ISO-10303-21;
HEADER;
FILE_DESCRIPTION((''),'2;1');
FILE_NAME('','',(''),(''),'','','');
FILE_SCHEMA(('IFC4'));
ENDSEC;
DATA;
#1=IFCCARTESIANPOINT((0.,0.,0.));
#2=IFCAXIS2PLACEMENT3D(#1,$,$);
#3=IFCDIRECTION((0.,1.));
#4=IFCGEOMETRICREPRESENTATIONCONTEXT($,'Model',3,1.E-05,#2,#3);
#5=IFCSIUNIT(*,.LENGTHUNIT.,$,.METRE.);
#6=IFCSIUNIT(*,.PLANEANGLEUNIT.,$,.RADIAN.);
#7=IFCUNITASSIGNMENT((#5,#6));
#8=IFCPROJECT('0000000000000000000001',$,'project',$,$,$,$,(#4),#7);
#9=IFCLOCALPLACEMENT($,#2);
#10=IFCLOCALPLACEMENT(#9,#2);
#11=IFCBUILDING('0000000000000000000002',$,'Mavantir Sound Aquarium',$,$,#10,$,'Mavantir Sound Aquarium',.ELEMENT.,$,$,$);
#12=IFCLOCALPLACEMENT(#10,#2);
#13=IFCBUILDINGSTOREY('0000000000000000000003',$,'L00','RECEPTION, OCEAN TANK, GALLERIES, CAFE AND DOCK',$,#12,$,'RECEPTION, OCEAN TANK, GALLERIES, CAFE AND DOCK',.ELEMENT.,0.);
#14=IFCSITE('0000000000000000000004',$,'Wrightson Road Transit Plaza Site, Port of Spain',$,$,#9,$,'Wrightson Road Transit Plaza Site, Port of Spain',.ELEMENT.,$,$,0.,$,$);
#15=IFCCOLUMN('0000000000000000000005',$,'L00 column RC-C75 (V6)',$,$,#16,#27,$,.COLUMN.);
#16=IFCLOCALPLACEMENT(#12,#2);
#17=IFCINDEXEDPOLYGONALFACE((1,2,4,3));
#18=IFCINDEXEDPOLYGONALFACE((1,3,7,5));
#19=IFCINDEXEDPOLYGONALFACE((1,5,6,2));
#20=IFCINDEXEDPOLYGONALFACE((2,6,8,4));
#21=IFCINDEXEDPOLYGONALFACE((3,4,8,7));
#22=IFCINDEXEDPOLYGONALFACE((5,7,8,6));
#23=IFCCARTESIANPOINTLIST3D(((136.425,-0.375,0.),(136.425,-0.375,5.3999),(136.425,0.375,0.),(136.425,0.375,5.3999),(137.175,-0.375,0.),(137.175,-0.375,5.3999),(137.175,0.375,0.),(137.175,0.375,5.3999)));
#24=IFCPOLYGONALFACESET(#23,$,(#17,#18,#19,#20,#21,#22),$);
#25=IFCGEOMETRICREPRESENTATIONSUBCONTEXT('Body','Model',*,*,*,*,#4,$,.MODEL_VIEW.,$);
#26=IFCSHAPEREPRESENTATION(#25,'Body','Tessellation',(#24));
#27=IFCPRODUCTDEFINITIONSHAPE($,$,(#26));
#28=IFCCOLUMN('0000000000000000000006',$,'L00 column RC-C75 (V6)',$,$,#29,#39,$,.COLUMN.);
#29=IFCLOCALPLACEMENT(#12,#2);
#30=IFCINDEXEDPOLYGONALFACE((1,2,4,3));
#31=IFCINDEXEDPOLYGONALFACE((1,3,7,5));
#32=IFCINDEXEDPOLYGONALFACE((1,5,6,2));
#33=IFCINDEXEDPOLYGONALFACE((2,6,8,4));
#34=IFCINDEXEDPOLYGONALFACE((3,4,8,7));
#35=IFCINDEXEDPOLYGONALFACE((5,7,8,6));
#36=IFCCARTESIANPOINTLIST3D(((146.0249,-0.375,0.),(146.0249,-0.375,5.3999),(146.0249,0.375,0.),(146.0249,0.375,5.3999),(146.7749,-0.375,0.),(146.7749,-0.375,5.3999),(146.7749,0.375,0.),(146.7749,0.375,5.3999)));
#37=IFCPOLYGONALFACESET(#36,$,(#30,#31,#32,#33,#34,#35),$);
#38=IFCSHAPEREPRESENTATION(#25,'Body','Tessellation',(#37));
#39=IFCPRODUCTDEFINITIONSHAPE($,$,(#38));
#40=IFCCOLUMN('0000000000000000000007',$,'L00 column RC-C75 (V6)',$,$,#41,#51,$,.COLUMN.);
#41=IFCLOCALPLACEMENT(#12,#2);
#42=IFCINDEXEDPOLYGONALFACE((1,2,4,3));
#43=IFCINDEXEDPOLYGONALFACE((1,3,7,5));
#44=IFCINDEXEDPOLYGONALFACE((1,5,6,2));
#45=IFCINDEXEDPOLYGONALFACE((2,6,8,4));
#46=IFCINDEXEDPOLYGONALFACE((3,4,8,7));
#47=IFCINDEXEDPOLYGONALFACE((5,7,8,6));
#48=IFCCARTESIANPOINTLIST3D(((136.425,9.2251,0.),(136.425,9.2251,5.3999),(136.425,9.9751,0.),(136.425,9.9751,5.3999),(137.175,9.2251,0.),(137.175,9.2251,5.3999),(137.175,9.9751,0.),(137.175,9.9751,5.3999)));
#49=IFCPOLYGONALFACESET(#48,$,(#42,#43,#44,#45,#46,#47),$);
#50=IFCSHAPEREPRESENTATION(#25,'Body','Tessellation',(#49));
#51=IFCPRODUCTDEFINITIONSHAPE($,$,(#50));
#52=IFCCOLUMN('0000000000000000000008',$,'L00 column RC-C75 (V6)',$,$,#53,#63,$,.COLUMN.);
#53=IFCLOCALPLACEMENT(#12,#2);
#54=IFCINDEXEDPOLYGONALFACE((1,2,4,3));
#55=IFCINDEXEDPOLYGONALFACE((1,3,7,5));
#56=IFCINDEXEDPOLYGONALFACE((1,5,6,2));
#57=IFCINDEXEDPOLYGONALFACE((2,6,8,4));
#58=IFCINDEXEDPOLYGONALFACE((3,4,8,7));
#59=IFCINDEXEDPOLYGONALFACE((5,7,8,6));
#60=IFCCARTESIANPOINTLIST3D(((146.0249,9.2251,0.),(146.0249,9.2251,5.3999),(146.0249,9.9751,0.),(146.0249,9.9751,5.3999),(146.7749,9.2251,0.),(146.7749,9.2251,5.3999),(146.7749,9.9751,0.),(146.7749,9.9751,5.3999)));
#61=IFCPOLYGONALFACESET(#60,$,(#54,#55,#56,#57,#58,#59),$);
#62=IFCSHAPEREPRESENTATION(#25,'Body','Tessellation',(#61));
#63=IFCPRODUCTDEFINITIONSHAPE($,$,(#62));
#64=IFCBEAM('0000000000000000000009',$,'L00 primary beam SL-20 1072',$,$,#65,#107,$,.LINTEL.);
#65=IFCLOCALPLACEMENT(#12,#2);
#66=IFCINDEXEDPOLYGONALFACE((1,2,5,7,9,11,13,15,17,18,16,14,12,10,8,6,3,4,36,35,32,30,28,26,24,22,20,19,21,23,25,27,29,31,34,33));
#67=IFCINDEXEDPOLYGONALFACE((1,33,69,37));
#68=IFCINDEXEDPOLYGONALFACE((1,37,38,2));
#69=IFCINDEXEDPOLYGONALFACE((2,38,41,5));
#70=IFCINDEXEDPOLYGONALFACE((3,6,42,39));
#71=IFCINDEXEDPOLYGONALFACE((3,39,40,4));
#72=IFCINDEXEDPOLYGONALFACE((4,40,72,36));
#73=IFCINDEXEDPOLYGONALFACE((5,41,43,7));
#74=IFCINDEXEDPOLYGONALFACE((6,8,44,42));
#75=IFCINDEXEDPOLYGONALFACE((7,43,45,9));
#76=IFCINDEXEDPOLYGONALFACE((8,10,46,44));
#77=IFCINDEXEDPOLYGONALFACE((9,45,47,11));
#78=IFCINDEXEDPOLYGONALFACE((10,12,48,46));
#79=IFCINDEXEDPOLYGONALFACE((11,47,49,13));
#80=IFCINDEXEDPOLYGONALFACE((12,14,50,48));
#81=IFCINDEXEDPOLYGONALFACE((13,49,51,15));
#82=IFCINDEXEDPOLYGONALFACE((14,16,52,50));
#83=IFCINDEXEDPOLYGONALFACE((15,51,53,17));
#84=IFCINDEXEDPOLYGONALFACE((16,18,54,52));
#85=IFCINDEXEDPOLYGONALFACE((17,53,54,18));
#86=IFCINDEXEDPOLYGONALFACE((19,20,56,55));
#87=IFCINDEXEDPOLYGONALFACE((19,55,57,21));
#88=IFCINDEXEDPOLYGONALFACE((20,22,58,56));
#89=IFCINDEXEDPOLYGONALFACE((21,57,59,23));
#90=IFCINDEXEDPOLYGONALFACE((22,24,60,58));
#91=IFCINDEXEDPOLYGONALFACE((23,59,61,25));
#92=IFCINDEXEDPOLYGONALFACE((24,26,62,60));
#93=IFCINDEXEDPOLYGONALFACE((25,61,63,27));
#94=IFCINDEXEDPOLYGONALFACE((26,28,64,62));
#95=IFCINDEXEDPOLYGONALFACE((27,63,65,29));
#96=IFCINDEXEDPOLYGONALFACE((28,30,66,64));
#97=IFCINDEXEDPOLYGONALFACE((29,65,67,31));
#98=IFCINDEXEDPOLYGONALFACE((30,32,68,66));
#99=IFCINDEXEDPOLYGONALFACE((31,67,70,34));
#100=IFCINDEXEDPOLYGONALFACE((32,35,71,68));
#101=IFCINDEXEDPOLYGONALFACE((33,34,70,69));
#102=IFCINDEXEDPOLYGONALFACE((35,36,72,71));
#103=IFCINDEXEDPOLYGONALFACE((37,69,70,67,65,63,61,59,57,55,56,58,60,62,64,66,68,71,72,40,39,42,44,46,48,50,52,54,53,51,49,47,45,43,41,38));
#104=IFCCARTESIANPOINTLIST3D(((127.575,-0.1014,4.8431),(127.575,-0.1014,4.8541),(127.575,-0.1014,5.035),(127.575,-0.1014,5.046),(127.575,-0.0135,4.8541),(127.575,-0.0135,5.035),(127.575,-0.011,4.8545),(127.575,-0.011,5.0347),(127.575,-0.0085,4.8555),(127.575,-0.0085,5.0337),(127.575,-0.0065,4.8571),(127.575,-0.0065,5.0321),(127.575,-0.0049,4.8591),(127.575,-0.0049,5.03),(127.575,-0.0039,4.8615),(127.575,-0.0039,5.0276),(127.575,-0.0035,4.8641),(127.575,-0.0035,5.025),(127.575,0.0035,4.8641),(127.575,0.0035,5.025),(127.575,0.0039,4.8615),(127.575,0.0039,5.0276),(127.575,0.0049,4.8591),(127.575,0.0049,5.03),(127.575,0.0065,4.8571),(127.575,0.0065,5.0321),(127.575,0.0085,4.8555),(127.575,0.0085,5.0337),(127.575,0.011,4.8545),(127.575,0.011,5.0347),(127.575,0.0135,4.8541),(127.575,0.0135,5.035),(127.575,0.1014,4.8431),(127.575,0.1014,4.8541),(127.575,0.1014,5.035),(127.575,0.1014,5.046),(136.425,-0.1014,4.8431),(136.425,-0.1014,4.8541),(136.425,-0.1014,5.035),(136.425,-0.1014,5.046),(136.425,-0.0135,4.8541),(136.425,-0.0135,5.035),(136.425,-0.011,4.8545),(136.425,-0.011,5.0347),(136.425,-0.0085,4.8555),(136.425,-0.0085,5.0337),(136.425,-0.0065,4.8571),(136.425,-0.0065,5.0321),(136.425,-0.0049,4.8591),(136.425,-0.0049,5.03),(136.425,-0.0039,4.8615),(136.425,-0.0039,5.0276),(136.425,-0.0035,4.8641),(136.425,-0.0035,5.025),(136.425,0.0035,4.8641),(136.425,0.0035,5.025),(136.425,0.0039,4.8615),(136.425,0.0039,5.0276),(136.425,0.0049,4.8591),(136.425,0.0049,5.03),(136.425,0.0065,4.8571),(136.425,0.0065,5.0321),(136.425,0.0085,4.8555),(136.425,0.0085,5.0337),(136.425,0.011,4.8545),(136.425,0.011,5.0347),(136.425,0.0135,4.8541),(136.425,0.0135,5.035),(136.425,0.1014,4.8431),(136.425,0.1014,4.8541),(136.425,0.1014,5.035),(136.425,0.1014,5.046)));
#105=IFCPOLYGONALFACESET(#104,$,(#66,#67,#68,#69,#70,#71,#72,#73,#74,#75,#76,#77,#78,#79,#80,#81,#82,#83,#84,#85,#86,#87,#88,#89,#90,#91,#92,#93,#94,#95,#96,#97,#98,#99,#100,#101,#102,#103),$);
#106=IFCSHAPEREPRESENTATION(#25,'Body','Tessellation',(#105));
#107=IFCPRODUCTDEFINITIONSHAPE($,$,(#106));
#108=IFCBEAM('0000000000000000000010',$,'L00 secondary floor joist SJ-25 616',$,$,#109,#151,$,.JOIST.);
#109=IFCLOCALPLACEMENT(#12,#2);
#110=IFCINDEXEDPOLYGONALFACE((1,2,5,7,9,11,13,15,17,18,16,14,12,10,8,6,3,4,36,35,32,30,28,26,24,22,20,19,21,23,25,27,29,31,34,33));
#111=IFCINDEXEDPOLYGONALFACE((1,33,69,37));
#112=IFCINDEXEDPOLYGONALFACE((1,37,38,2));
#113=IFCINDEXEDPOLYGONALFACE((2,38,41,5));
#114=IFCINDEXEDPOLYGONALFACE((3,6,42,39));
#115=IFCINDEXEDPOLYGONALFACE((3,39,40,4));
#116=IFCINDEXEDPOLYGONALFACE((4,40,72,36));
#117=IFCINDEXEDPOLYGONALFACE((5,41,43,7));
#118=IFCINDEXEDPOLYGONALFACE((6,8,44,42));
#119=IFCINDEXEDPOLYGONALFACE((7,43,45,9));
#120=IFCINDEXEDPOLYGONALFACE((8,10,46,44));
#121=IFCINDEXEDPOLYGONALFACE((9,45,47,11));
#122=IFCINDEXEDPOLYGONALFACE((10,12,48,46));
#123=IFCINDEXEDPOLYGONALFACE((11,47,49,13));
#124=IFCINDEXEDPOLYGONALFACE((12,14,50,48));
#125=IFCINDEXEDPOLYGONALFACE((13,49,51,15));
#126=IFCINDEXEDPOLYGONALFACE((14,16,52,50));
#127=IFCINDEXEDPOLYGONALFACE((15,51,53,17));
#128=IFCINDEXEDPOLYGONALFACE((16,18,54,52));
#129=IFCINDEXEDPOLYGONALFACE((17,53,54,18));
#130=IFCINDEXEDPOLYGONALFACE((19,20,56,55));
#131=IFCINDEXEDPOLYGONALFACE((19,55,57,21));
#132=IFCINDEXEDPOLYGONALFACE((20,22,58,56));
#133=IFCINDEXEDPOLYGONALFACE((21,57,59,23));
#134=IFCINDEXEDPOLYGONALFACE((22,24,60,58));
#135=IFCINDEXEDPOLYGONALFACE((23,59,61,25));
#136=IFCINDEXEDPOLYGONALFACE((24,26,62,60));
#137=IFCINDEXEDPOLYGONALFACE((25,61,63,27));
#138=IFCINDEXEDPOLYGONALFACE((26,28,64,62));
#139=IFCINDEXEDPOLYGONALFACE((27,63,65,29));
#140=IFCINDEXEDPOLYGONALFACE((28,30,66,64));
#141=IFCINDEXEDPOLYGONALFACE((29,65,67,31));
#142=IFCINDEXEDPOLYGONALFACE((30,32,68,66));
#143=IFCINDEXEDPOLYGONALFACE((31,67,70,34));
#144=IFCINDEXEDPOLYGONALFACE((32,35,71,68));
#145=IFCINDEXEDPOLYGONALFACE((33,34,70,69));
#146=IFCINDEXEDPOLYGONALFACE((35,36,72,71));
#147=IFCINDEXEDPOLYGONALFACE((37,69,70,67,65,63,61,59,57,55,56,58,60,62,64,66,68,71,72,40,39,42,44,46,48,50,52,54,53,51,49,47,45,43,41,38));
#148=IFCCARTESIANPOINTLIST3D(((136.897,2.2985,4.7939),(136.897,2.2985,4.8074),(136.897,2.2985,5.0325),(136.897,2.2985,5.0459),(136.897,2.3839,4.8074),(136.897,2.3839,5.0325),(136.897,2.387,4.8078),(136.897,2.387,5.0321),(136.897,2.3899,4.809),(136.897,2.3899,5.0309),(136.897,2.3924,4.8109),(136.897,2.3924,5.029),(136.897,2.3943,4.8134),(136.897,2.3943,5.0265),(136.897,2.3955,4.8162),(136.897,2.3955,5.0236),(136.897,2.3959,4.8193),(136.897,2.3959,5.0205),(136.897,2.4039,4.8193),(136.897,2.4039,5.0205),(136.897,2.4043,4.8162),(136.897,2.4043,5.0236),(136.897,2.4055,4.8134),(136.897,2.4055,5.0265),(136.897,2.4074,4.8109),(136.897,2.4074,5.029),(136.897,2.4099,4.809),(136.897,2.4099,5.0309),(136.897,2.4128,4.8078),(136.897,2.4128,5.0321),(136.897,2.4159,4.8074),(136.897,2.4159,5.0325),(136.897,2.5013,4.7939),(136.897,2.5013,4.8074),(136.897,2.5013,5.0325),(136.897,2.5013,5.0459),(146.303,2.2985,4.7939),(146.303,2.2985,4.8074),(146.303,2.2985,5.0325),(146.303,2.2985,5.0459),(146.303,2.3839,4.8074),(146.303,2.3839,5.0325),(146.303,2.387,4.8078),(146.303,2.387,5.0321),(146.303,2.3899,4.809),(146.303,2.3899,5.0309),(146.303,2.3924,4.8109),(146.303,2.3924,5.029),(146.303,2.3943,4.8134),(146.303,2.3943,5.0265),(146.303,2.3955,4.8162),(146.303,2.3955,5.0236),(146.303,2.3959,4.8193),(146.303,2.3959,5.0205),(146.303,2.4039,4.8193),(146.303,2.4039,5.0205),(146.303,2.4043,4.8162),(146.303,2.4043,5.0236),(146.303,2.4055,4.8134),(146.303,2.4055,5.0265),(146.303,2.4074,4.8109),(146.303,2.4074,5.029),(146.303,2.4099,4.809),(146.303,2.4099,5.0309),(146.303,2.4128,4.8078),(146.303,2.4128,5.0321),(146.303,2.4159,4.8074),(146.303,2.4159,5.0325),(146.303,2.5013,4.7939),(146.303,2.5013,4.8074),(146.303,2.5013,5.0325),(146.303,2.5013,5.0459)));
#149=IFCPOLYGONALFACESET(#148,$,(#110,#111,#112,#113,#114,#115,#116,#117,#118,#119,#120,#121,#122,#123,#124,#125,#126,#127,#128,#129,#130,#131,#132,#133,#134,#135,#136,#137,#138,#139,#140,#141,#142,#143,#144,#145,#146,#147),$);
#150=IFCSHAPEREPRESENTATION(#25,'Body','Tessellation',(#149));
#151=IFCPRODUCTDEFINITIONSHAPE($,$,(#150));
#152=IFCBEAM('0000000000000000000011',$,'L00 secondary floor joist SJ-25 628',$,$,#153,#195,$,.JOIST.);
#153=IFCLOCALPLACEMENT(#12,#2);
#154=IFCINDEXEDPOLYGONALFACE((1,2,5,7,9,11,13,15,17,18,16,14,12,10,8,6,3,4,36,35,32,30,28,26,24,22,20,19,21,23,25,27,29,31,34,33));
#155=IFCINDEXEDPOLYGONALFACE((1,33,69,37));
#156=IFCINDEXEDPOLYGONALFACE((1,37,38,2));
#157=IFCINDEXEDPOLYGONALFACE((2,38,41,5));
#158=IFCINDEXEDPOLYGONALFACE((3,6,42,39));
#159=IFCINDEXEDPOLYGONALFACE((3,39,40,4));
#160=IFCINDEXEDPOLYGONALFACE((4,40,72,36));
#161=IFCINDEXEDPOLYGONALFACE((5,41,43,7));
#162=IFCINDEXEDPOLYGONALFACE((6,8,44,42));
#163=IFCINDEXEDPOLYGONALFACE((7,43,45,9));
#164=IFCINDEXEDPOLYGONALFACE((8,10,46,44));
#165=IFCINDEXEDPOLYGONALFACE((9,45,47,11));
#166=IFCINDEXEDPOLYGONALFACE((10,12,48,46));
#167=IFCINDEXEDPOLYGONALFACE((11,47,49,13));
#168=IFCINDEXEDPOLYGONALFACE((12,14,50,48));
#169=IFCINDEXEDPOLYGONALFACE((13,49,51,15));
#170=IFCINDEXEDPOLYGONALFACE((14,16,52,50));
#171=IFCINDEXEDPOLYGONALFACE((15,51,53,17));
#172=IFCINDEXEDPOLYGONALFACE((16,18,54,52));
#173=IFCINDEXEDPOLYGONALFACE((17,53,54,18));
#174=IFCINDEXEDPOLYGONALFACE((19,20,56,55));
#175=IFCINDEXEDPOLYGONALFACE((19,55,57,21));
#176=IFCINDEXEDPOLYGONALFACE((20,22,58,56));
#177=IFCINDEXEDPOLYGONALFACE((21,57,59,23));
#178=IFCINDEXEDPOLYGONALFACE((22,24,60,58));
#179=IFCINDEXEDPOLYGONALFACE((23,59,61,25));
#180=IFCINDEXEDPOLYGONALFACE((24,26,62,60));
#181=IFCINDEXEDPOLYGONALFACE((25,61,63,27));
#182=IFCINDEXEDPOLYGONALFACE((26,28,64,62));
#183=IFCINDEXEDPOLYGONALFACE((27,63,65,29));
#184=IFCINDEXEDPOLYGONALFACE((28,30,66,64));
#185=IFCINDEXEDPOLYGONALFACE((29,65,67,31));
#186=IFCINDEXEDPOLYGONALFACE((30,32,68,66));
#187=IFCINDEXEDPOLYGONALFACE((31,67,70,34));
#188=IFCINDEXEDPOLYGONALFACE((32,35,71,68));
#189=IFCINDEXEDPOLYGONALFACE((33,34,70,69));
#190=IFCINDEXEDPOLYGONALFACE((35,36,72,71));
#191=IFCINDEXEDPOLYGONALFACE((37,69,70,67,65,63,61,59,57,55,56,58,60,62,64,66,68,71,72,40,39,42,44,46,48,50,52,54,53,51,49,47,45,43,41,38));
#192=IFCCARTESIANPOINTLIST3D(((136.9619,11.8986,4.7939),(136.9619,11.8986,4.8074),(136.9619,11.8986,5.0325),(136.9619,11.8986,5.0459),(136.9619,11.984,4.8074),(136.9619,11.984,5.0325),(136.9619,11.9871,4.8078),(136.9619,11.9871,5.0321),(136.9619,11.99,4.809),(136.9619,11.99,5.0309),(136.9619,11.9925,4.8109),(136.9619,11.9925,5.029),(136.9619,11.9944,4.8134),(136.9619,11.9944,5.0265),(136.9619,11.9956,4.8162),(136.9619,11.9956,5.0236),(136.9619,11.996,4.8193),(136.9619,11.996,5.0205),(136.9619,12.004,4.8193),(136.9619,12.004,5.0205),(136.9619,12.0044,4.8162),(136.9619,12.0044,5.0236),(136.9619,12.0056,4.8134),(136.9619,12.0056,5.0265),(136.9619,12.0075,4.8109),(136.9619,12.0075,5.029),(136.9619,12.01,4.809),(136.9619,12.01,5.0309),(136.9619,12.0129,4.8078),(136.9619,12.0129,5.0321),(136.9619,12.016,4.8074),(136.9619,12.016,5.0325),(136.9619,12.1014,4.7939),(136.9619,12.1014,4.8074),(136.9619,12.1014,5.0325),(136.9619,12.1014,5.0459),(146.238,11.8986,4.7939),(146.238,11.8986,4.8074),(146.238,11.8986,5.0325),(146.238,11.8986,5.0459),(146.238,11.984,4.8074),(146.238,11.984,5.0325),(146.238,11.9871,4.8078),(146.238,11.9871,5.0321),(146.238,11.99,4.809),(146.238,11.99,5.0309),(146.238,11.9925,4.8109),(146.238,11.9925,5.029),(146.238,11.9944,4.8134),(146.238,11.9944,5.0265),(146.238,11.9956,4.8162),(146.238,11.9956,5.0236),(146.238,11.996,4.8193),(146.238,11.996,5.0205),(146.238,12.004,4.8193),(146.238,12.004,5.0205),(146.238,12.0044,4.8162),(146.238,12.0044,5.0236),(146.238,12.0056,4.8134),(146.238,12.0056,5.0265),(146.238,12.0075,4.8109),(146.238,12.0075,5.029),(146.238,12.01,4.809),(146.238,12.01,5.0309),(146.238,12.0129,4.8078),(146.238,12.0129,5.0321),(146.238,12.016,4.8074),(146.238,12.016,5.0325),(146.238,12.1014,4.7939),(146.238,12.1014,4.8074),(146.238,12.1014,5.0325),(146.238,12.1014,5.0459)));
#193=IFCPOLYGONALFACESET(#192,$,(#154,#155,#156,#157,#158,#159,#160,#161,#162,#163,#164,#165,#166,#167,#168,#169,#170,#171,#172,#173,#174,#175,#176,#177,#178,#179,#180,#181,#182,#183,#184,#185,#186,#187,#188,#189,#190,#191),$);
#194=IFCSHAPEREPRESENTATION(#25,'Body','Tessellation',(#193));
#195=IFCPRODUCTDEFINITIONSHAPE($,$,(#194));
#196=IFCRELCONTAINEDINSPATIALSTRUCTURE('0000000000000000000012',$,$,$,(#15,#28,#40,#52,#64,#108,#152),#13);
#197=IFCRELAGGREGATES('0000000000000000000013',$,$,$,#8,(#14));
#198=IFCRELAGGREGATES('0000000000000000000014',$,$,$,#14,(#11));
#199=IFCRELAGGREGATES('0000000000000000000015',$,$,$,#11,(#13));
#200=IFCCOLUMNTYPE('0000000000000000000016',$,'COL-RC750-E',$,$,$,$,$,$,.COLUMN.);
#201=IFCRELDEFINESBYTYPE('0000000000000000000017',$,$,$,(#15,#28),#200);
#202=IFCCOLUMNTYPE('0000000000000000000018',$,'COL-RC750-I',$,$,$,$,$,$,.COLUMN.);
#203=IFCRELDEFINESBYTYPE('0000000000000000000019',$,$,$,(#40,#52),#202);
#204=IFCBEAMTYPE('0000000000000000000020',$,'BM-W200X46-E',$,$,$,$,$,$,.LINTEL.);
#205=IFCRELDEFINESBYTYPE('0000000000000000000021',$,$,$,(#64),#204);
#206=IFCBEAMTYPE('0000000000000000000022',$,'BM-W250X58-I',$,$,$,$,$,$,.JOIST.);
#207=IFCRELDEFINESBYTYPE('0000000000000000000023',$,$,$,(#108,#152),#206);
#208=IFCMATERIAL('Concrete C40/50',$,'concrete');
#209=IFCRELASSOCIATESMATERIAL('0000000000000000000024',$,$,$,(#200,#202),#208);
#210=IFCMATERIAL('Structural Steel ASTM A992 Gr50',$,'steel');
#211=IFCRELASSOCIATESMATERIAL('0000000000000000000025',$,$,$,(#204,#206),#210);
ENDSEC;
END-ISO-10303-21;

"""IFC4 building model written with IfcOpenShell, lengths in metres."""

from ifc_helpers import new_model, si_unit, direction, frame, origin, origin_2d, place, context, subcontext, project, spatial, rectangle, i_section, extrude, material, material_profile, profile_set, type_object, element, save


model = new_model("IFC4")

# Units and contexts
model_context = context("Model", 3, precision=1e-05, world=origin(), true_north=direction((0.0, 1.0)))
body_context = subcontext(model_context, "Body", "Model", "MODEL_VIEW")
ifc_project = project(units=[si_unit("LENGTHUNIT", "METRE"), si_unit("PLANEANGLEUNIT", "RADIAN")], contexts=[model_context])

# Site, building, storey
site_placement = place(None, origin())
site = spatial("IfcSite", under=ifc_project, at=site_placement, Name="Wrightson Road Transit Plaza Site, Port of Spain", LongName="Wrightson Road Transit Plaza Site, Port of Spain", CompositionType="ELEMENT", RefElevation=0.0)
building_placement = place(site_placement, origin())
building = spatial("IfcBuilding", under=site, at=building_placement, Name="Mavantir Sound Aquarium", LongName="Mavantir Sound Aquarium", CompositionType="ELEMENT")
storey_placement = place(building_placement, origin())
storey = spatial("IfcBuildingStorey", under=building, at=storey_placement, Name="L00", Description="RECEPTION, OCEAN TANK, GALLERIES, CAFE AND DOCK", LongName="RECEPTION, OCEAN TANK, GALLERIES, CAFE AND DOCK", CompositionType="ELEMENT", Elevation=0.0)

# Columns
ifc_material_1 = material(Name="Concrete C40/50", Category="concrete")
ifc_material_profile_1 = material_profile(ifc_material_1, rectangle(XDim=0.75, YDim=0.75, at=origin_2d()), Name="RC 750X750")
ifc_profile_set_1 = profile_set([ifc_material_profile_1], Name="Concrete C40/50")
column_type_1 = type_object("IfcColumnType", Name="COL-RC750-E", PredefinedType="COLUMN", material=ifc_profile_set_1)
for number, where, z_axis, x_axis, name in (
    (1, (136.8, 0.0, 0.0), (0.0, 0.0, 1.0), (1.0, 0.0, 0.0), "L00 column RC-C75 (V6)"),
    (2, (146.3999, 0.0, 0.0), (0.0, 0.0, 1.0), (1.0, 0.0, 0.0), "L00 column RC-C75 (V6)"),
):
    element("IfcColumn", number, at=place(storey_placement, frame(where, z_axis=z_axis, x_axis=x_axis)), inside=storey, type_object=column_type_1, Name=name, PredefinedType="COLUMN", context=body_context, shape_type="SweptSolid", body=[
        extrude(rectangle(XDim=0.75, YDim=0.75, at=origin_2d()), origin(), (0.0, 0.0, 1.0), 5.3999),
    ])
ifc_material_profile_2 = material_profile(ifc_material_1, rectangle(XDim=0.75, YDim=0.75, at=origin_2d()), Name="RC 750X750")
ifc_profile_set_2 = profile_set([ifc_material_profile_2], Name="Concrete C40/50")
column_type_2 = type_object("IfcColumnType", Name="COL-RC750-I", PredefinedType="COLUMN", material=ifc_profile_set_2)
for number, where, z_axis, x_axis, name in (
    (3, (136.8, 9.6001, 0.0), (0.0, 0.0, 1.0), (1.0, 0.0, 0.0), "L00 column RC-C75 (V6)"),
    (4, (146.3999, 9.6001, 0.0), (0.0, 0.0, 1.0), (1.0, 0.0, 0.0), "L00 column RC-C75 (V6)"),
):
    element("IfcColumn", number, at=place(storey_placement, frame(where, z_axis=z_axis, x_axis=x_axis)), inside=storey, type_object=column_type_2, Name=name, PredefinedType="COLUMN", context=body_context, shape_type="SweptSolid", body=[
        extrude(rectangle(XDim=0.75, YDim=0.75, at=origin_2d()), origin(), (0.0, 0.0, 1.0), 5.3999),
    ])

# Beams
ifc_material_2 = material(Name="Structural Steel ASTM A992 Gr50", Category="steel")
ifc_material_profile_3 = material_profile(ifc_material_2, i_section(OverallWidth=0.2029, OverallDepth=0.2029, WebThickness=0.0071, FlangeThickness=0.011, FilletRadius=0.01, at=origin_2d()), Name="W200X46")
ifc_profile_set_3 = profile_set([ifc_material_profile_3], Name="Structural Steel ASTM A992 Gr50")
beam_type_1 = type_object("IfcBeamType", Name="BM-W200X46-E", PredefinedType="LINTEL", material=ifc_profile_set_3)
beam_1_placement = place(storey_placement, frame((127.575, 0.0, 4.9446), z_axis=(1.0, 0.0, 0.0), x_axis=(0.0, 1.0, 0.0)))
element("IfcBeam", 5, at=beam_1_placement, inside=storey, type_object=beam_type_1, Name="L00 primary beam SL-20 1072", PredefinedType="LINTEL", context=body_context, shape_type="SweptSolid", body=[
    extrude(i_section(OverallWidth=0.2029, OverallDepth=0.2029, WebThickness=0.0071, FlangeThickness=0.011, FilletRadius=0.01, at=origin_2d()), origin(), (0.0, 0.0, 1.0), 8.8501),
])
ifc_material_profile_4 = material_profile(ifc_material_2, i_section(OverallWidth=0.2029, OverallDepth=0.252, WebThickness=0.0081, FlangeThickness=0.0134, FilletRadius=0.012, at=origin_2d()), Name="W250X58")
ifc_profile_set_4 = profile_set([ifc_material_profile_4], Name="Structural Steel ASTM A992 Gr50")
beam_type_2 = type_object("IfcBeamType", Name="BM-W250X58-I", PredefinedType="JOIST", material=ifc_profile_set_4)
beam_2_placement = place(storey_placement, frame((136.897, 2.3999, 4.9199), z_axis=(1.0, 0.0, 0.0), x_axis=(0.0, 1.0, 0.0)))
element("IfcBeam", 6, at=beam_2_placement, inside=storey, type_object=beam_type_2, Name="L00 secondary floor joist SJ-25 616", PredefinedType="JOIST", context=body_context, shape_type="SweptSolid", body=[
    extrude(i_section(OverallWidth=0.2029, OverallDepth=0.252, WebThickness=0.0081, FlangeThickness=0.0134, FilletRadius=0.012, at=origin_2d()), origin(), (0.0, 0.0, 1.0), 9.406),
])
beam_3_placement = place(storey_placement, frame((136.9619, 12.0, 4.9199), z_axis=(1.0, 0.0, 0.0), x_axis=(0.0, 1.0, 0.0)))
element("IfcBeam", 7, at=beam_3_placement, inside=storey, type_object=beam_type_2, Name="L00 secondary floor joist SJ-25 628", PredefinedType="JOIST", context=body_context, shape_type="SweptSolid", body=[
    extrude(i_section(OverallWidth=0.2029, OverallDepth=0.252, WebThickness=0.0081, FlangeThickness=0.0134, FilletRadius=0.012, at=origin_2d()), origin(), (0.0, 0.0, 1.0), 9.2761),
])

save(model, "model.ifc")
